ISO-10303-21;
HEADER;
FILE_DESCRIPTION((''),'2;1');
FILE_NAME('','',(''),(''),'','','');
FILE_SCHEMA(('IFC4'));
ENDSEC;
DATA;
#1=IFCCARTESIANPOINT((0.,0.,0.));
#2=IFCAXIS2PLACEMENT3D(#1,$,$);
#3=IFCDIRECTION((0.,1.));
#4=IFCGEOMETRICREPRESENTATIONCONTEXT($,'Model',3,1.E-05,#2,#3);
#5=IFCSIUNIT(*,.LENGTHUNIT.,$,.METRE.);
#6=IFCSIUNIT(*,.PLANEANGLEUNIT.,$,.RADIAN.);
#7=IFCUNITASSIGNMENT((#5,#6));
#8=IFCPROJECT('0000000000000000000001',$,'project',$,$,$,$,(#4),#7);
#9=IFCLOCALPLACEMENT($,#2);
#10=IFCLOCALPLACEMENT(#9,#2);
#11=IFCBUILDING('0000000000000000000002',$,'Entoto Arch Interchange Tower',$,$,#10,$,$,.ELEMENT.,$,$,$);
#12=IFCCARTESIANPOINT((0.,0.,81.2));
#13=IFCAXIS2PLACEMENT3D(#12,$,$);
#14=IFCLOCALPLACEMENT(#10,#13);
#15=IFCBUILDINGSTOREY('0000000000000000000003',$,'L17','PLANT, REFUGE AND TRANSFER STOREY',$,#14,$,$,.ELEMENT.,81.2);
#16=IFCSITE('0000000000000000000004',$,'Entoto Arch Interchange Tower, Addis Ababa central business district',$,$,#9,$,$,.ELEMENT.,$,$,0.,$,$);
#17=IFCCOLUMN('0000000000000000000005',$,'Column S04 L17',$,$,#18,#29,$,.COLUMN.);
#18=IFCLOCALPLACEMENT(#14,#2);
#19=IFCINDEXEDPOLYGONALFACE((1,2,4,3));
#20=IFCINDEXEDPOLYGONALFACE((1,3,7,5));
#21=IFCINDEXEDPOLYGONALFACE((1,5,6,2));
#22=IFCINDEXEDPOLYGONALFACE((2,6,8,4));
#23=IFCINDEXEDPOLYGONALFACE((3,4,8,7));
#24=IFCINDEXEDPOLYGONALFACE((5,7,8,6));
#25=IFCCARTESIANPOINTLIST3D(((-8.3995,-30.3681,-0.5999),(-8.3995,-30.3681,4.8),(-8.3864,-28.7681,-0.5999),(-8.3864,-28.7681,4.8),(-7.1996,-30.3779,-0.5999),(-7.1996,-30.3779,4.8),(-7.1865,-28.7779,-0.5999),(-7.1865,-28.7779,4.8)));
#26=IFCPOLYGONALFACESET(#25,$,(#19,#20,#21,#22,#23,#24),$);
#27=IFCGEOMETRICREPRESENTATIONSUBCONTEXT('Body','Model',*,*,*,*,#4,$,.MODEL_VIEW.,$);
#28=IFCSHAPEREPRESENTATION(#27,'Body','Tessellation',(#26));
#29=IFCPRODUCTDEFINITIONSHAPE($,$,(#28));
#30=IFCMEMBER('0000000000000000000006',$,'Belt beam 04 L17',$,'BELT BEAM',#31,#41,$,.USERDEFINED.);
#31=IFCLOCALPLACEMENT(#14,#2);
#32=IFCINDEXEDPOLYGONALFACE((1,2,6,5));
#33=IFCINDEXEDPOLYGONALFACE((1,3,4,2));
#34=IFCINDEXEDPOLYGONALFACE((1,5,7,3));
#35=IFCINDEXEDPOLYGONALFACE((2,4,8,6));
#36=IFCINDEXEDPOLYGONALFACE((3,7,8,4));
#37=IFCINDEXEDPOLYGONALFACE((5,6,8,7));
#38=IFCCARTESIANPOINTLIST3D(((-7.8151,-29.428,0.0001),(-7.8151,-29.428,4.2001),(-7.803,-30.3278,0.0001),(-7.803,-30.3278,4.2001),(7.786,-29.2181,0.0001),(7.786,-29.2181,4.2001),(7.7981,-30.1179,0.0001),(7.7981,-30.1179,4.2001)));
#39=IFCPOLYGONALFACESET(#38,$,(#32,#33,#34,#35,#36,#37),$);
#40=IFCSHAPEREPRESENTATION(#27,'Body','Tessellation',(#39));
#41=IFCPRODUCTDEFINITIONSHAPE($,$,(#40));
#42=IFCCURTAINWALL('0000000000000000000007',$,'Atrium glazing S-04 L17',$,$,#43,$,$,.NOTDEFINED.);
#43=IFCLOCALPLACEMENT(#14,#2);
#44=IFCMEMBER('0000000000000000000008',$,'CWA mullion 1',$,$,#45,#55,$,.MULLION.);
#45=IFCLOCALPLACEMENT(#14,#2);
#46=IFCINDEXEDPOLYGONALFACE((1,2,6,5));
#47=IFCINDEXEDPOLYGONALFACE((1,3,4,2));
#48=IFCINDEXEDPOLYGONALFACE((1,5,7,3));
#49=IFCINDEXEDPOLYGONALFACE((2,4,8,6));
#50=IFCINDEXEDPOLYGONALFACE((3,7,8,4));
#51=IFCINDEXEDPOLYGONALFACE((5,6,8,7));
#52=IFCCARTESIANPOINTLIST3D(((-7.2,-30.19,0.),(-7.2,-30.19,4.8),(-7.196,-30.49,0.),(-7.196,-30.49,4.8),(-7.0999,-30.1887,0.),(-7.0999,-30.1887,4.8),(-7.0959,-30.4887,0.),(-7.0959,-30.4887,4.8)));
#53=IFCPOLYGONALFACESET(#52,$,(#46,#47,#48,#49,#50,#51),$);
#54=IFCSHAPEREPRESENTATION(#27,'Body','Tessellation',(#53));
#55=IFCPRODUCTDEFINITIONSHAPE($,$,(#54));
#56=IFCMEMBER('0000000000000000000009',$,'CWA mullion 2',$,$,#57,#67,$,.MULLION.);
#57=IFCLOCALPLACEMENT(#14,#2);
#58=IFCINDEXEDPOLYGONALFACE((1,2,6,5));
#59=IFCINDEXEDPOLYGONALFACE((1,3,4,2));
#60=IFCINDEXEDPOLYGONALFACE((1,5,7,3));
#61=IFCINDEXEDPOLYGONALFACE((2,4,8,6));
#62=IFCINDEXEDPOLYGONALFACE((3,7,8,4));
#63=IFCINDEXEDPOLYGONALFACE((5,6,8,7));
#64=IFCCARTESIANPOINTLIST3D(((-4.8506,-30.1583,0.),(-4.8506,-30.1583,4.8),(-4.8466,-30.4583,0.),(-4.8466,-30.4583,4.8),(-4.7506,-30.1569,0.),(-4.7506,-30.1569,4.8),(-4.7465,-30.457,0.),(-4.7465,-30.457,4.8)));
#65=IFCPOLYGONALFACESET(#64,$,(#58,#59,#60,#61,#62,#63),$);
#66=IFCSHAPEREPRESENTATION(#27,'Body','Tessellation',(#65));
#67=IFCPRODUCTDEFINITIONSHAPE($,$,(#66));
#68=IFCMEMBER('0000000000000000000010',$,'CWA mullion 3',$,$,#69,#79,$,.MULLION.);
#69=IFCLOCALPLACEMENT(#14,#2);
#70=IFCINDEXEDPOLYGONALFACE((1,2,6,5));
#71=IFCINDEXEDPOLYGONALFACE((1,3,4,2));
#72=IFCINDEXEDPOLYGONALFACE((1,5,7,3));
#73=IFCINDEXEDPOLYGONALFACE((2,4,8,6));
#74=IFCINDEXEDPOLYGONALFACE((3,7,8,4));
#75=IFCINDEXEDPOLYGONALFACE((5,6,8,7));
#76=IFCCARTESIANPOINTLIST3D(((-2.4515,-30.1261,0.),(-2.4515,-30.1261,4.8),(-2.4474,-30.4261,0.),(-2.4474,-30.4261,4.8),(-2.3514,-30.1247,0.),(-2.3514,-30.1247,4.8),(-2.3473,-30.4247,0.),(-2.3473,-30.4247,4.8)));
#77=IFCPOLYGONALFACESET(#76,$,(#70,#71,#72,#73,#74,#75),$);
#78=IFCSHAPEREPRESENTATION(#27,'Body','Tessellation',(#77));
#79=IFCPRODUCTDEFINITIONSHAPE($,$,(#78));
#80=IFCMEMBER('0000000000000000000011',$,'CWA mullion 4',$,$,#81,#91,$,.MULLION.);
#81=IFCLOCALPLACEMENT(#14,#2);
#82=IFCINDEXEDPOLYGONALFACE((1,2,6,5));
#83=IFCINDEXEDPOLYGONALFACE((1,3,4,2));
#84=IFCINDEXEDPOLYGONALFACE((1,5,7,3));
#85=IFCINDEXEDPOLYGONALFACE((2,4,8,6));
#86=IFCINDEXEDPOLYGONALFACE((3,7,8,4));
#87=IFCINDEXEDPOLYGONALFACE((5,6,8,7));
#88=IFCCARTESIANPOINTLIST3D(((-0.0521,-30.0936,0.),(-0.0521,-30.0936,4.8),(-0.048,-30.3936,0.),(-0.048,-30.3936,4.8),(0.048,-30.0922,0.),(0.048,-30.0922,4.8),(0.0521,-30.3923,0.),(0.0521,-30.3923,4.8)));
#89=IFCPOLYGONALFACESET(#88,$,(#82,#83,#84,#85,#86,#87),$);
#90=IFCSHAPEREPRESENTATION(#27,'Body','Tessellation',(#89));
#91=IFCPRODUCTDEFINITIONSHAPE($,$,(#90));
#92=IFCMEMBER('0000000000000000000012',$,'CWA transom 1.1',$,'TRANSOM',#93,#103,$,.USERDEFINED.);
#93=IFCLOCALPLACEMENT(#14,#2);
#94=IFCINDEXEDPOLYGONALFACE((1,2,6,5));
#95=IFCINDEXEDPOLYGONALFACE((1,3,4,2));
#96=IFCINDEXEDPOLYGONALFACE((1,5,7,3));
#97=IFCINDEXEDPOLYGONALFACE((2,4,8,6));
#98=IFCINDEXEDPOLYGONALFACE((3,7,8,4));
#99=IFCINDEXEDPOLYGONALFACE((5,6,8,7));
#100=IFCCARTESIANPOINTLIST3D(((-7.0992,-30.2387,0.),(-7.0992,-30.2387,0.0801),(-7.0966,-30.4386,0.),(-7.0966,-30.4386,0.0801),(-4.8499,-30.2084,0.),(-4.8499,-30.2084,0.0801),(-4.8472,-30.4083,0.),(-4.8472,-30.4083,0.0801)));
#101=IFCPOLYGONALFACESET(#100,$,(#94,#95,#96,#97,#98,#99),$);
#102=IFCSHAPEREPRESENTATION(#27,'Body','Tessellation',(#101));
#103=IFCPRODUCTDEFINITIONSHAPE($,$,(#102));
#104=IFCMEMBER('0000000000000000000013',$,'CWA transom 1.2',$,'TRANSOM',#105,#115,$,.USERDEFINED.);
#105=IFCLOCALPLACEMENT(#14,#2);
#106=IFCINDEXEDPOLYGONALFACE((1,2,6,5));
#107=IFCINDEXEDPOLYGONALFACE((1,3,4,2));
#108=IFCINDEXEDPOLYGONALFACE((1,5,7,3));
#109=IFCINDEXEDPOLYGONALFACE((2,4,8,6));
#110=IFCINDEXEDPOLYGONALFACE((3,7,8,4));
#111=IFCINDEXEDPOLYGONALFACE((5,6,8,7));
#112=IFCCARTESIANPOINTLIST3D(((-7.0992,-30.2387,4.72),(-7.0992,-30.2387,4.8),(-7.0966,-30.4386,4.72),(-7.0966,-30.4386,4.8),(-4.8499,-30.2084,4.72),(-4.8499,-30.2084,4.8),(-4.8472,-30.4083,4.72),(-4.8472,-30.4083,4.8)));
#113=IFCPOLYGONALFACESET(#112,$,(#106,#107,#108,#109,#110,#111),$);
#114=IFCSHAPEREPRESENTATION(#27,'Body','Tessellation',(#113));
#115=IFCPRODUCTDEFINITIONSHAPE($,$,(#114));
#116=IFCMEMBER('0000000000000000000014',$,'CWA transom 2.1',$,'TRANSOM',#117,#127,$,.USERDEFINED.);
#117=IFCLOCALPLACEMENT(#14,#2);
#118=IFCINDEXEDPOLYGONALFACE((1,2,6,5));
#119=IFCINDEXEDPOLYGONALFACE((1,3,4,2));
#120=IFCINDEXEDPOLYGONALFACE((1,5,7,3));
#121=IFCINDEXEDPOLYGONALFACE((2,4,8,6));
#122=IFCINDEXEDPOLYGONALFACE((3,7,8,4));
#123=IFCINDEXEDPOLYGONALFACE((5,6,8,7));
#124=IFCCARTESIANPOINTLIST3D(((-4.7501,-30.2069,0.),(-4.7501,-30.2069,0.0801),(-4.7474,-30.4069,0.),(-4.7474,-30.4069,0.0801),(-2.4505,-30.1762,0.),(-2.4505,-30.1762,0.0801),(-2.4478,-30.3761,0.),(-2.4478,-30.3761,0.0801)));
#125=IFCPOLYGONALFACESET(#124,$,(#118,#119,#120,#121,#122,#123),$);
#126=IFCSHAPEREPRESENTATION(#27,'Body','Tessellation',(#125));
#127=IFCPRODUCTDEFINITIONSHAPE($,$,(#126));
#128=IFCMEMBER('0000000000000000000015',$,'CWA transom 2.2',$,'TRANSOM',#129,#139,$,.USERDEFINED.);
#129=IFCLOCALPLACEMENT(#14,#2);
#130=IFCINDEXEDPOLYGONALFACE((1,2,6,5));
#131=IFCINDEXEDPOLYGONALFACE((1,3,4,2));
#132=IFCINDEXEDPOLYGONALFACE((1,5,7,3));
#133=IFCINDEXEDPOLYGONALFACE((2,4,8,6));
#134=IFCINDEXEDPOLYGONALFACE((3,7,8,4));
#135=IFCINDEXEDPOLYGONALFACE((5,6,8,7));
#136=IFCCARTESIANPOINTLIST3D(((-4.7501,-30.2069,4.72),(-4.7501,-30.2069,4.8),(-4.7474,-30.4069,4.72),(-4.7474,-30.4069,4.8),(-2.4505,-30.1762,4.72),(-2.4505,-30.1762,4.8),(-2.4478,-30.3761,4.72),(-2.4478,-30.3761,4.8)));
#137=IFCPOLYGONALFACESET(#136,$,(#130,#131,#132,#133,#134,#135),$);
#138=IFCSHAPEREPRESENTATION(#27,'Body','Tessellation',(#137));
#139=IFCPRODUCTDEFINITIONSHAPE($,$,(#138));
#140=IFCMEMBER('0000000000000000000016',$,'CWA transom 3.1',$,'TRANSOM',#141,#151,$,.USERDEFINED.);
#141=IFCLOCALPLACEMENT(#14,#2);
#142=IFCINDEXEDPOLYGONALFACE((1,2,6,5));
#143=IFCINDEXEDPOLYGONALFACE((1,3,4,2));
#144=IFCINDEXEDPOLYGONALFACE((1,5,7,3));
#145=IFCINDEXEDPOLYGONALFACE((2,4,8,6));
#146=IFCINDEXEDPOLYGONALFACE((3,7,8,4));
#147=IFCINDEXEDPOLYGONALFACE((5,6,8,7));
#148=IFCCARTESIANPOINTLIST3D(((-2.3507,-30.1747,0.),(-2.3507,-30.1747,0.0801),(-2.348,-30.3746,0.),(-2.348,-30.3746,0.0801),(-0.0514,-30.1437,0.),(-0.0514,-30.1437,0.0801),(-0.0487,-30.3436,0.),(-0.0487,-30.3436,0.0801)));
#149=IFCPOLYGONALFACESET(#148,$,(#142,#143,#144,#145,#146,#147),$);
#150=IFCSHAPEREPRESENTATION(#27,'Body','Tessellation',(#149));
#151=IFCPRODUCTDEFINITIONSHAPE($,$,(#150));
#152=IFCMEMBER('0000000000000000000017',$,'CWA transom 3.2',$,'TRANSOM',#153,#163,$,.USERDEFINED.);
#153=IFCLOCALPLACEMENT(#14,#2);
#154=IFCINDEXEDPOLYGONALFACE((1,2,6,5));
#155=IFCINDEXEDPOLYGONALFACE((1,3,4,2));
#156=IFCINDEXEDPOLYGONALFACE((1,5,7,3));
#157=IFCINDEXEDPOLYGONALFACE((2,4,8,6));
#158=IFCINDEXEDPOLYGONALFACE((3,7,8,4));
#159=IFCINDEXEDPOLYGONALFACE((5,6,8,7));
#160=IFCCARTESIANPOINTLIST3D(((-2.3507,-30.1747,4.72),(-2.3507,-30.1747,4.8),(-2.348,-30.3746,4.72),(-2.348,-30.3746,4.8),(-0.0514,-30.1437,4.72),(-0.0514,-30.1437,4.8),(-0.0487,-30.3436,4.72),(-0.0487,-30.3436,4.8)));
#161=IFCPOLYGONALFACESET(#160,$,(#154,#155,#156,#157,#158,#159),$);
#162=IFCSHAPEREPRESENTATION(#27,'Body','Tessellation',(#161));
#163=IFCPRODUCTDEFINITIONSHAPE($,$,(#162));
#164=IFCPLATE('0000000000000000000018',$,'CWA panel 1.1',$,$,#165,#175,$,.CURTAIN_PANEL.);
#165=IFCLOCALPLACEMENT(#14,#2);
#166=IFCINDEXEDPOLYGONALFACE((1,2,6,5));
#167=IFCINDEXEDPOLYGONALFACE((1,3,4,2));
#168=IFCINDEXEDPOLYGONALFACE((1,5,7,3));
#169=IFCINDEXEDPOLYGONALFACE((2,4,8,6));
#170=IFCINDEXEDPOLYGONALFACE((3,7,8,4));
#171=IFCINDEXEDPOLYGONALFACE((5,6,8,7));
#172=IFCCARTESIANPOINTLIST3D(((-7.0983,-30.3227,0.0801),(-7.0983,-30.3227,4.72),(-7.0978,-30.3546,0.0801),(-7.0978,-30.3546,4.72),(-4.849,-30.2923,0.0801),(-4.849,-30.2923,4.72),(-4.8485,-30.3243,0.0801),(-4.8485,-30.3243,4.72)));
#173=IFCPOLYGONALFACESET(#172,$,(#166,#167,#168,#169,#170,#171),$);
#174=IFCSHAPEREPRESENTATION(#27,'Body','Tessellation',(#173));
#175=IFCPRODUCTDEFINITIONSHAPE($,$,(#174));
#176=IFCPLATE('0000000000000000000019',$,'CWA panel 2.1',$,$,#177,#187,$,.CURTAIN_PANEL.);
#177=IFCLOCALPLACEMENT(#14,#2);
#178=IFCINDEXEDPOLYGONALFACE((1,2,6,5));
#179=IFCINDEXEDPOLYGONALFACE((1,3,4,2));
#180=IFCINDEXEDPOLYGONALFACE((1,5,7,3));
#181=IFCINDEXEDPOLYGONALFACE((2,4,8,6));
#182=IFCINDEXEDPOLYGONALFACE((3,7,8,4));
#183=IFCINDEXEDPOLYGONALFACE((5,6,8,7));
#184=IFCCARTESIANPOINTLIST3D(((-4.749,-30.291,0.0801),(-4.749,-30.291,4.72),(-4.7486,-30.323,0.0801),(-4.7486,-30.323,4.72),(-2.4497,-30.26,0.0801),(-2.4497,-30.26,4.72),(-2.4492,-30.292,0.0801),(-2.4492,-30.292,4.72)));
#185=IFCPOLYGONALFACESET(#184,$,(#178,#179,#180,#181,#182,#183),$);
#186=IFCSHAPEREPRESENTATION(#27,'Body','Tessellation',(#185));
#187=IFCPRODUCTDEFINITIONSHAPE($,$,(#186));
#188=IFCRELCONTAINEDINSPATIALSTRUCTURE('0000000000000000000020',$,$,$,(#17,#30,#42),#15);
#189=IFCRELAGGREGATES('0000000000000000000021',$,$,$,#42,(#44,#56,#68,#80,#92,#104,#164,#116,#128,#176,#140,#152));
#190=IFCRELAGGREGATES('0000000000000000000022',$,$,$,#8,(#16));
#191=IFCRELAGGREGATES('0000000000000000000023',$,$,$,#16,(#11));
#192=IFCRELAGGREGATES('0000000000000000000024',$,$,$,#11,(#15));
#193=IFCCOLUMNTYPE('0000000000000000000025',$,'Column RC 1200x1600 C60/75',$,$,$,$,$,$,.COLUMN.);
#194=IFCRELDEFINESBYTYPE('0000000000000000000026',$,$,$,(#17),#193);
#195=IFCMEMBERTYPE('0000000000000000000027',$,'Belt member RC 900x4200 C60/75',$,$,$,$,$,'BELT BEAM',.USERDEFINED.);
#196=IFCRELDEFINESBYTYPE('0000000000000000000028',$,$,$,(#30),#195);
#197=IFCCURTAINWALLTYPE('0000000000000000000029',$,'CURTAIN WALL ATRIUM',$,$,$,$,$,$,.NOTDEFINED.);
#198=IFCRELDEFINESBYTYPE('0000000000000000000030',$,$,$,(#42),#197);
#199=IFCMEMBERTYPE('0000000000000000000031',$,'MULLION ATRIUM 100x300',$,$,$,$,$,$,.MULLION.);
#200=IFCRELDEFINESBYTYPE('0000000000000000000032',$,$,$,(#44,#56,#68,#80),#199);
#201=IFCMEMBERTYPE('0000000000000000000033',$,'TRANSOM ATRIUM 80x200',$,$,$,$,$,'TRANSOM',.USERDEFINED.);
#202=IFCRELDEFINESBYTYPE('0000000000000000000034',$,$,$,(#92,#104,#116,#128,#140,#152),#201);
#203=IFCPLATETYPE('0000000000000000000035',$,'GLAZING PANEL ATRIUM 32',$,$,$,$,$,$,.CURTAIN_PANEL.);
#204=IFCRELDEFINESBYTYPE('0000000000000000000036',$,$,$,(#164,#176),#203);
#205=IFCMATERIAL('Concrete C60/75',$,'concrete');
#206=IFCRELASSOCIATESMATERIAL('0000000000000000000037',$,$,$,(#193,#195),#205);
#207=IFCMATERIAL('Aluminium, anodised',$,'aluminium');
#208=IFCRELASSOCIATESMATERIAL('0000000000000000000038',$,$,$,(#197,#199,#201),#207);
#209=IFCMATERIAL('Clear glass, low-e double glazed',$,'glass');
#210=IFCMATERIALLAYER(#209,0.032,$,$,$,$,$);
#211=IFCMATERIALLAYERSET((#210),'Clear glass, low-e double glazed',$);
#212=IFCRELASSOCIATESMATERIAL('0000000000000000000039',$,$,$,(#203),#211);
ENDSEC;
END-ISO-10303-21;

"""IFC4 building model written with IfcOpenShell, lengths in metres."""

from ifc_helpers import new_model, si_unit, direction, frame, origin, origin_2d, place, context, subcontext, project, spatial, rectangle, extrude, material, layer, layer_set, material_profile, profile_set, type_object, element, aggregate, save


model = new_model("IFC4")

# Units and contexts
model_context = context("Model", 3, precision=1e-05, world=origin(), true_north=direction((0.0, 1.0)))
body_context = subcontext(model_context, "Body", "Model", "MODEL_VIEW")
ifc_project = project(units=[si_unit("LENGTHUNIT", "METRE"), si_unit("PLANEANGLEUNIT", "RADIAN")], contexts=[model_context])

# Site, building, storey
site_placement = place(None, origin())
site = spatial("IfcSite", under=ifc_project, at=site_placement, Name="Entoto Arch Interchange Tower, Addis Ababa central business district", CompositionType="ELEMENT", RefElevation=0.0)
building_placement = place(site_placement, origin())
building = spatial("IfcBuilding", under=site, at=building_placement, Name="Entoto Arch Interchange Tower", CompositionType="ELEMENT")
storey_placement = place(building_placement, frame((0.0, 0.0, 81.2)))
storey = spatial("IfcBuildingStorey", under=building, at=storey_placement, Name="L17", Description="PLANT, REFUGE AND TRANSFER STOREY", CompositionType="ELEMENT", Elevation=81.2)

# Column
ifc_material_1 = material(Name="Concrete C60/75", Category="concrete")
ifc_material_profile_1 = material_profile(ifc_material_1, rectangle(XDim=1.2, YDim=1.6001, at=origin_2d()))
ifc_profile_set_1 = profile_set([ifc_material_profile_1], Name="Concrete C60/75")
column_type = type_object("IfcColumnType", Name="Column RC 1200x1600 C60/75", PredefinedType="COLUMN", material=ifc_profile_set_1)
column_placement = place(storey_placement, frame((-7.793, -29.573, -0.5999), z_axis=(0.0, 0.0, 1.0), x_axis=(-0.999966, 0.008203, 0.0)))
element("IfcColumn", 1, at=column_placement, inside=storey, type_object=column_type, Name="Column S04 L17", PredefinedType="COLUMN", context=body_context, shape_type="SweptSolid", body=[
    extrude(rectangle(XDim=1.2, YDim=1.6001, at=origin_2d()), origin(), (0.0, 0.0, 1.0), 5.3999),
])

# Member
ifc_material_profile_2 = material_profile(ifc_material_1, rectangle(XDim=0.8999, YDim=4.2, at=origin_2d()))
ifc_profile_set_2 = profile_set([ifc_material_profile_2], Name="Concrete C60/75")
member_type_1 = type_object("IfcMemberType", Name="Belt member RC 900x4200 C60/75", ElementType="BELT BEAM", PredefinedType="USERDEFINED", material=ifc_profile_set_2)
member_1_placement = place(storey_placement, frame((-7.8091, -29.8779, 2.1001), z_axis=(0.999909, 0.013457, 0.0), x_axis=(-0.013457, 0.999909, 0.0)))
element("IfcMember", 2, at=member_1_placement, inside=storey, type_object=member_type_1, Name="Belt beam 04 L17", ObjectType="BELT BEAM", PredefinedType="USERDEFINED", context=body_context, shape_type="SweptSolid", body=[
    extrude(rectangle(XDim=0.8999, YDim=4.2, at=origin_2d()), origin(), (0.0, 0.0, 1.0), 15.6025),
])

# Curtain wall, members, plates
ifc_material_2 = material(Name="Aluminium, anodised", Category="aluminium")
curtain_wall_type = type_object("IfcCurtainWallType", Name="CURTAIN WALL ATRIUM", PredefinedType="NOTDEFINED", material=ifc_material_2)
curtain_wall_placement = place(storey_placement, origin())
curtain_wall = element("IfcCurtainWall", 3, at=curtain_wall_placement, inside=storey, type_object=curtain_wall_type, Name="Atrium glazing S-04 L17", PredefinedType="NOTDEFINED")
ifc_material_profile_3 = material_profile(ifc_material_2, rectangle(XDim=0.3, YDim=0.1001, at=origin_2d()))
ifc_profile_set_3 = profile_set([ifc_material_profile_3], Name="Aluminium, anodised")
member_type_2 = type_object("IfcMemberType", Name="MULLION ATRIUM 100x300", PredefinedType="MULLION", material=ifc_profile_set_3)
member_2_placement = place(storey_placement, frame((-7.1479, -30.3394, 0.0), z_axis=(0.0, 0.0, 1.0), x_axis=(-0.013475, 0.999909, 0.0)))
member_2 = element("IfcMember", 4, at=member_2_placement, type_object=member_type_2, Name="CWA mullion 1", PredefinedType="MULLION", context=body_context, shape_type="SweptSolid", body=[
    extrude(rectangle(XDim=0.3, YDim=0.1001, at=origin_2d()), origin(), (0.0, 0.0, 1.0), 4.8),
])
member_3_placement = place(storey_placement, frame((-4.7986, -30.3076, 0.0), z_axis=(0.0, 0.0, 1.0), x_axis=(-0.013475, 0.999909, 0.0)))
member_3 = element("IfcMember", 5, at=member_3_placement, type_object=member_type_2, Name="CWA mullion 2", PredefinedType="MULLION", context=body_context, shape_type="SweptSolid", body=[
    extrude(rectangle(XDim=0.3, YDim=0.1001, at=origin_2d()), origin(), (0.0, 0.0, 1.0), 4.8),
])
member_4_placement = place(storey_placement, frame((-2.3994, -30.2754, 0.0), z_axis=(0.0, 0.0, 1.0), x_axis=(-0.013475, 0.999909, 0.0)))
member_4 = element("IfcMember", 6, at=member_4_placement, type_object=member_type_2, Name="CWA mullion 3", PredefinedType="MULLION", context=body_context, shape_type="SweptSolid", body=[
    extrude(rectangle(XDim=0.3, YDim=0.1001, at=origin_2d()), origin(), (0.0, 0.0, 1.0), 4.8),
])
member_5_placement = place(storey_placement, frame((0.0, -30.2429, 0.0), z_axis=(0.0, 0.0, 1.0), x_axis=(-0.013475, 0.999909, 0.0)))
member_5 = element("IfcMember", 7, at=member_5_placement, type_object=member_type_2, Name="CWA mullion 4", PredefinedType="MULLION", context=body_context, shape_type="SweptSolid", body=[
    extrude(rectangle(XDim=0.3, YDim=0.1001, at=origin_2d()), origin(), (0.0, 0.0, 1.0), 4.8),
])
ifc_material_profile_4 = material_profile(ifc_material_2, rectangle(XDim=0.2, YDim=0.0801, at=origin_2d()))
ifc_profile_set_4 = profile_set([ifc_material_profile_4], Name="Aluminium, anodised")
member_type_3 = type_object("IfcMemberType", Name="TRANSOM ATRIUM 80x200", ElementType="TRANSOM", PredefinedType="USERDEFINED", material=ifc_profile_set_4)
member_6_placement = place(storey_placement, frame((-7.0979, -30.3386, 0.04), z_axis=(0.999909, 0.013458, 0.0), x_axis=(-0.013458, 0.999909, 0.0)))
member_6 = element("IfcMember", 8, at=member_6_placement, type_object=member_type_3, Name="CWA transom 1.1", ObjectType="TRANSOM", PredefinedType="USERDEFINED", context=body_context, shape_type="SweptSolid", body=[
    extrude(rectangle(XDim=0.2, YDim=0.0801, at=origin_2d()), origin(), (0.0, 0.0, 1.0), 2.2495),
])
member_7_placement = place(storey_placement, frame((-7.0979, -30.3386, 4.76), z_axis=(0.999909, 0.013458, 0.0), x_axis=(-0.013458, 0.999909, 0.0)))
member_7 = element("IfcMember", 9, at=member_7_placement, type_object=member_type_3, Name="CWA transom 1.2", ObjectType="TRANSOM", PredefinedType="USERDEFINED", context=body_context, shape_type="SweptSolid", body=[
    extrude(rectangle(XDim=0.2, YDim=0.0801, at=origin_2d()), origin(), (0.0, 0.0, 1.0), 2.2495),
])
member_8_placement = place(storey_placement, frame((-4.7488, -30.3069, 0.04), z_axis=(0.999911, 0.013376, 0.0), x_axis=(-0.013376, 0.999911, 0.0)))
member_8 = element("IfcMember", 10, at=member_8_placement, type_object=member_type_3, Name="CWA transom 2.1", ObjectType="TRANSOM", PredefinedType="USERDEFINED", context=body_context, shape_type="SweptSolid", body=[
    extrude(rectangle(XDim=0.2, YDim=0.0801, at=origin_2d()), origin(), (0.0, 0.0, 1.0), 2.2998),
])
member_9_placement = place(storey_placement, frame((-4.7488, -30.3069, 4.76), z_axis=(0.999911, 0.013376, 0.0), x_axis=(-0.013376, 0.999911, 0.0)))
member_9 = element("IfcMember", 11, at=member_9_placement, type_object=member_type_3, Name="CWA transom 2.2", ObjectType="TRANSOM", PredefinedType="USERDEFINED", context=body_context, shape_type="SweptSolid", body=[
    extrude(rectangle(XDim=0.2, YDim=0.0801, at=origin_2d()), origin(), (0.0, 0.0, 1.0), 2.2998),
])
member_10_placement = place(storey_placement, frame((-2.3494, -30.2747, 0.04), z_axis=(0.999909, 0.013484, 0.0), x_axis=(-0.013484, 0.999909, 0.0)))
member_10 = element("IfcMember", 12, at=member_10_placement, type_object=member_type_3, Name="CWA transom 3.1", ObjectType="TRANSOM", PredefinedType="USERDEFINED", context=body_context, shape_type="SweptSolid", body=[
    extrude(rectangle(XDim=0.2, YDim=0.0801, at=origin_2d()), origin(), (0.0, 0.0, 1.0), 2.2996),
])
member_11_placement = place(storey_placement, frame((-2.3494, -30.2747, 4.76), z_axis=(0.999909, 0.013484, 0.0), x_axis=(-0.013484, 0.999909, 0.0)))
member_11 = element("IfcMember", 13, at=member_11_placement, type_object=member_type_3, Name="CWA transom 3.2", ObjectType="TRANSOM", PredefinedType="USERDEFINED", context=body_context, shape_type="SweptSolid", body=[
    extrude(rectangle(XDim=0.2, YDim=0.0801, at=origin_2d()), origin(), (0.0, 0.0, 1.0), 2.2996),
])
ifc_material_3 = material(Name="Clear glass, low-e double glazed", Category="glass")
ifc_layer_1 = layer(ifc_material_3, 0.032)
ifc_layer_set_1 = layer_set([ifc_layer_1], Name="Clear glass, low-e double glazed")
plate_type = type_object("IfcPlateType", Name="GLAZING PANEL ATRIUM 32", PredefinedType="CURTAIN_PANEL", material=ifc_layer_set_1)
plate_1_placement = place(storey_placement, frame((-5.9734, -30.3235, 0.0801), z_axis=(0.0, 0.0, 1.0), x_axis=(0.999909, 0.013475, 0.0)))
plate_1 = element("IfcPlate", 14, at=plate_1_placement, type_object=plate_type, Name="CWA panel 1.1", PredefinedType="CURTAIN_PANEL", context=body_context, shape_type="SweptSolid", body=[
    extrude(rectangle(XDim=2.2495, YDim=0.032, at=origin_2d()), origin(), (0.0, 0.0, 1.0), 4.6399),
])
plate_2_placement = place(storey_placement, frame((-3.5991, -30.2915, 0.0801), z_axis=(0.0, 0.0, 1.0), x_axis=(0.999909, 0.013475, 0.0)))
plate_2 = element("IfcPlate", 15, at=plate_2_placement, type_object=plate_type, Name="CWA panel 2.1", PredefinedType="CURTAIN_PANEL", context=body_context, shape_type="SweptSolid", body=[
    extrude(rectangle(XDim=2.2996, YDim=0.032, at=origin_2d()), origin(), (0.0, 0.0, 1.0), 4.6399),
])
aggregate(curtain_wall, [member_2, member_3, member_4, member_5, member_6, member_7, plate_1, member_8, member_9, plate_2, member_10, member_11])

save(model, "model.ifc")
